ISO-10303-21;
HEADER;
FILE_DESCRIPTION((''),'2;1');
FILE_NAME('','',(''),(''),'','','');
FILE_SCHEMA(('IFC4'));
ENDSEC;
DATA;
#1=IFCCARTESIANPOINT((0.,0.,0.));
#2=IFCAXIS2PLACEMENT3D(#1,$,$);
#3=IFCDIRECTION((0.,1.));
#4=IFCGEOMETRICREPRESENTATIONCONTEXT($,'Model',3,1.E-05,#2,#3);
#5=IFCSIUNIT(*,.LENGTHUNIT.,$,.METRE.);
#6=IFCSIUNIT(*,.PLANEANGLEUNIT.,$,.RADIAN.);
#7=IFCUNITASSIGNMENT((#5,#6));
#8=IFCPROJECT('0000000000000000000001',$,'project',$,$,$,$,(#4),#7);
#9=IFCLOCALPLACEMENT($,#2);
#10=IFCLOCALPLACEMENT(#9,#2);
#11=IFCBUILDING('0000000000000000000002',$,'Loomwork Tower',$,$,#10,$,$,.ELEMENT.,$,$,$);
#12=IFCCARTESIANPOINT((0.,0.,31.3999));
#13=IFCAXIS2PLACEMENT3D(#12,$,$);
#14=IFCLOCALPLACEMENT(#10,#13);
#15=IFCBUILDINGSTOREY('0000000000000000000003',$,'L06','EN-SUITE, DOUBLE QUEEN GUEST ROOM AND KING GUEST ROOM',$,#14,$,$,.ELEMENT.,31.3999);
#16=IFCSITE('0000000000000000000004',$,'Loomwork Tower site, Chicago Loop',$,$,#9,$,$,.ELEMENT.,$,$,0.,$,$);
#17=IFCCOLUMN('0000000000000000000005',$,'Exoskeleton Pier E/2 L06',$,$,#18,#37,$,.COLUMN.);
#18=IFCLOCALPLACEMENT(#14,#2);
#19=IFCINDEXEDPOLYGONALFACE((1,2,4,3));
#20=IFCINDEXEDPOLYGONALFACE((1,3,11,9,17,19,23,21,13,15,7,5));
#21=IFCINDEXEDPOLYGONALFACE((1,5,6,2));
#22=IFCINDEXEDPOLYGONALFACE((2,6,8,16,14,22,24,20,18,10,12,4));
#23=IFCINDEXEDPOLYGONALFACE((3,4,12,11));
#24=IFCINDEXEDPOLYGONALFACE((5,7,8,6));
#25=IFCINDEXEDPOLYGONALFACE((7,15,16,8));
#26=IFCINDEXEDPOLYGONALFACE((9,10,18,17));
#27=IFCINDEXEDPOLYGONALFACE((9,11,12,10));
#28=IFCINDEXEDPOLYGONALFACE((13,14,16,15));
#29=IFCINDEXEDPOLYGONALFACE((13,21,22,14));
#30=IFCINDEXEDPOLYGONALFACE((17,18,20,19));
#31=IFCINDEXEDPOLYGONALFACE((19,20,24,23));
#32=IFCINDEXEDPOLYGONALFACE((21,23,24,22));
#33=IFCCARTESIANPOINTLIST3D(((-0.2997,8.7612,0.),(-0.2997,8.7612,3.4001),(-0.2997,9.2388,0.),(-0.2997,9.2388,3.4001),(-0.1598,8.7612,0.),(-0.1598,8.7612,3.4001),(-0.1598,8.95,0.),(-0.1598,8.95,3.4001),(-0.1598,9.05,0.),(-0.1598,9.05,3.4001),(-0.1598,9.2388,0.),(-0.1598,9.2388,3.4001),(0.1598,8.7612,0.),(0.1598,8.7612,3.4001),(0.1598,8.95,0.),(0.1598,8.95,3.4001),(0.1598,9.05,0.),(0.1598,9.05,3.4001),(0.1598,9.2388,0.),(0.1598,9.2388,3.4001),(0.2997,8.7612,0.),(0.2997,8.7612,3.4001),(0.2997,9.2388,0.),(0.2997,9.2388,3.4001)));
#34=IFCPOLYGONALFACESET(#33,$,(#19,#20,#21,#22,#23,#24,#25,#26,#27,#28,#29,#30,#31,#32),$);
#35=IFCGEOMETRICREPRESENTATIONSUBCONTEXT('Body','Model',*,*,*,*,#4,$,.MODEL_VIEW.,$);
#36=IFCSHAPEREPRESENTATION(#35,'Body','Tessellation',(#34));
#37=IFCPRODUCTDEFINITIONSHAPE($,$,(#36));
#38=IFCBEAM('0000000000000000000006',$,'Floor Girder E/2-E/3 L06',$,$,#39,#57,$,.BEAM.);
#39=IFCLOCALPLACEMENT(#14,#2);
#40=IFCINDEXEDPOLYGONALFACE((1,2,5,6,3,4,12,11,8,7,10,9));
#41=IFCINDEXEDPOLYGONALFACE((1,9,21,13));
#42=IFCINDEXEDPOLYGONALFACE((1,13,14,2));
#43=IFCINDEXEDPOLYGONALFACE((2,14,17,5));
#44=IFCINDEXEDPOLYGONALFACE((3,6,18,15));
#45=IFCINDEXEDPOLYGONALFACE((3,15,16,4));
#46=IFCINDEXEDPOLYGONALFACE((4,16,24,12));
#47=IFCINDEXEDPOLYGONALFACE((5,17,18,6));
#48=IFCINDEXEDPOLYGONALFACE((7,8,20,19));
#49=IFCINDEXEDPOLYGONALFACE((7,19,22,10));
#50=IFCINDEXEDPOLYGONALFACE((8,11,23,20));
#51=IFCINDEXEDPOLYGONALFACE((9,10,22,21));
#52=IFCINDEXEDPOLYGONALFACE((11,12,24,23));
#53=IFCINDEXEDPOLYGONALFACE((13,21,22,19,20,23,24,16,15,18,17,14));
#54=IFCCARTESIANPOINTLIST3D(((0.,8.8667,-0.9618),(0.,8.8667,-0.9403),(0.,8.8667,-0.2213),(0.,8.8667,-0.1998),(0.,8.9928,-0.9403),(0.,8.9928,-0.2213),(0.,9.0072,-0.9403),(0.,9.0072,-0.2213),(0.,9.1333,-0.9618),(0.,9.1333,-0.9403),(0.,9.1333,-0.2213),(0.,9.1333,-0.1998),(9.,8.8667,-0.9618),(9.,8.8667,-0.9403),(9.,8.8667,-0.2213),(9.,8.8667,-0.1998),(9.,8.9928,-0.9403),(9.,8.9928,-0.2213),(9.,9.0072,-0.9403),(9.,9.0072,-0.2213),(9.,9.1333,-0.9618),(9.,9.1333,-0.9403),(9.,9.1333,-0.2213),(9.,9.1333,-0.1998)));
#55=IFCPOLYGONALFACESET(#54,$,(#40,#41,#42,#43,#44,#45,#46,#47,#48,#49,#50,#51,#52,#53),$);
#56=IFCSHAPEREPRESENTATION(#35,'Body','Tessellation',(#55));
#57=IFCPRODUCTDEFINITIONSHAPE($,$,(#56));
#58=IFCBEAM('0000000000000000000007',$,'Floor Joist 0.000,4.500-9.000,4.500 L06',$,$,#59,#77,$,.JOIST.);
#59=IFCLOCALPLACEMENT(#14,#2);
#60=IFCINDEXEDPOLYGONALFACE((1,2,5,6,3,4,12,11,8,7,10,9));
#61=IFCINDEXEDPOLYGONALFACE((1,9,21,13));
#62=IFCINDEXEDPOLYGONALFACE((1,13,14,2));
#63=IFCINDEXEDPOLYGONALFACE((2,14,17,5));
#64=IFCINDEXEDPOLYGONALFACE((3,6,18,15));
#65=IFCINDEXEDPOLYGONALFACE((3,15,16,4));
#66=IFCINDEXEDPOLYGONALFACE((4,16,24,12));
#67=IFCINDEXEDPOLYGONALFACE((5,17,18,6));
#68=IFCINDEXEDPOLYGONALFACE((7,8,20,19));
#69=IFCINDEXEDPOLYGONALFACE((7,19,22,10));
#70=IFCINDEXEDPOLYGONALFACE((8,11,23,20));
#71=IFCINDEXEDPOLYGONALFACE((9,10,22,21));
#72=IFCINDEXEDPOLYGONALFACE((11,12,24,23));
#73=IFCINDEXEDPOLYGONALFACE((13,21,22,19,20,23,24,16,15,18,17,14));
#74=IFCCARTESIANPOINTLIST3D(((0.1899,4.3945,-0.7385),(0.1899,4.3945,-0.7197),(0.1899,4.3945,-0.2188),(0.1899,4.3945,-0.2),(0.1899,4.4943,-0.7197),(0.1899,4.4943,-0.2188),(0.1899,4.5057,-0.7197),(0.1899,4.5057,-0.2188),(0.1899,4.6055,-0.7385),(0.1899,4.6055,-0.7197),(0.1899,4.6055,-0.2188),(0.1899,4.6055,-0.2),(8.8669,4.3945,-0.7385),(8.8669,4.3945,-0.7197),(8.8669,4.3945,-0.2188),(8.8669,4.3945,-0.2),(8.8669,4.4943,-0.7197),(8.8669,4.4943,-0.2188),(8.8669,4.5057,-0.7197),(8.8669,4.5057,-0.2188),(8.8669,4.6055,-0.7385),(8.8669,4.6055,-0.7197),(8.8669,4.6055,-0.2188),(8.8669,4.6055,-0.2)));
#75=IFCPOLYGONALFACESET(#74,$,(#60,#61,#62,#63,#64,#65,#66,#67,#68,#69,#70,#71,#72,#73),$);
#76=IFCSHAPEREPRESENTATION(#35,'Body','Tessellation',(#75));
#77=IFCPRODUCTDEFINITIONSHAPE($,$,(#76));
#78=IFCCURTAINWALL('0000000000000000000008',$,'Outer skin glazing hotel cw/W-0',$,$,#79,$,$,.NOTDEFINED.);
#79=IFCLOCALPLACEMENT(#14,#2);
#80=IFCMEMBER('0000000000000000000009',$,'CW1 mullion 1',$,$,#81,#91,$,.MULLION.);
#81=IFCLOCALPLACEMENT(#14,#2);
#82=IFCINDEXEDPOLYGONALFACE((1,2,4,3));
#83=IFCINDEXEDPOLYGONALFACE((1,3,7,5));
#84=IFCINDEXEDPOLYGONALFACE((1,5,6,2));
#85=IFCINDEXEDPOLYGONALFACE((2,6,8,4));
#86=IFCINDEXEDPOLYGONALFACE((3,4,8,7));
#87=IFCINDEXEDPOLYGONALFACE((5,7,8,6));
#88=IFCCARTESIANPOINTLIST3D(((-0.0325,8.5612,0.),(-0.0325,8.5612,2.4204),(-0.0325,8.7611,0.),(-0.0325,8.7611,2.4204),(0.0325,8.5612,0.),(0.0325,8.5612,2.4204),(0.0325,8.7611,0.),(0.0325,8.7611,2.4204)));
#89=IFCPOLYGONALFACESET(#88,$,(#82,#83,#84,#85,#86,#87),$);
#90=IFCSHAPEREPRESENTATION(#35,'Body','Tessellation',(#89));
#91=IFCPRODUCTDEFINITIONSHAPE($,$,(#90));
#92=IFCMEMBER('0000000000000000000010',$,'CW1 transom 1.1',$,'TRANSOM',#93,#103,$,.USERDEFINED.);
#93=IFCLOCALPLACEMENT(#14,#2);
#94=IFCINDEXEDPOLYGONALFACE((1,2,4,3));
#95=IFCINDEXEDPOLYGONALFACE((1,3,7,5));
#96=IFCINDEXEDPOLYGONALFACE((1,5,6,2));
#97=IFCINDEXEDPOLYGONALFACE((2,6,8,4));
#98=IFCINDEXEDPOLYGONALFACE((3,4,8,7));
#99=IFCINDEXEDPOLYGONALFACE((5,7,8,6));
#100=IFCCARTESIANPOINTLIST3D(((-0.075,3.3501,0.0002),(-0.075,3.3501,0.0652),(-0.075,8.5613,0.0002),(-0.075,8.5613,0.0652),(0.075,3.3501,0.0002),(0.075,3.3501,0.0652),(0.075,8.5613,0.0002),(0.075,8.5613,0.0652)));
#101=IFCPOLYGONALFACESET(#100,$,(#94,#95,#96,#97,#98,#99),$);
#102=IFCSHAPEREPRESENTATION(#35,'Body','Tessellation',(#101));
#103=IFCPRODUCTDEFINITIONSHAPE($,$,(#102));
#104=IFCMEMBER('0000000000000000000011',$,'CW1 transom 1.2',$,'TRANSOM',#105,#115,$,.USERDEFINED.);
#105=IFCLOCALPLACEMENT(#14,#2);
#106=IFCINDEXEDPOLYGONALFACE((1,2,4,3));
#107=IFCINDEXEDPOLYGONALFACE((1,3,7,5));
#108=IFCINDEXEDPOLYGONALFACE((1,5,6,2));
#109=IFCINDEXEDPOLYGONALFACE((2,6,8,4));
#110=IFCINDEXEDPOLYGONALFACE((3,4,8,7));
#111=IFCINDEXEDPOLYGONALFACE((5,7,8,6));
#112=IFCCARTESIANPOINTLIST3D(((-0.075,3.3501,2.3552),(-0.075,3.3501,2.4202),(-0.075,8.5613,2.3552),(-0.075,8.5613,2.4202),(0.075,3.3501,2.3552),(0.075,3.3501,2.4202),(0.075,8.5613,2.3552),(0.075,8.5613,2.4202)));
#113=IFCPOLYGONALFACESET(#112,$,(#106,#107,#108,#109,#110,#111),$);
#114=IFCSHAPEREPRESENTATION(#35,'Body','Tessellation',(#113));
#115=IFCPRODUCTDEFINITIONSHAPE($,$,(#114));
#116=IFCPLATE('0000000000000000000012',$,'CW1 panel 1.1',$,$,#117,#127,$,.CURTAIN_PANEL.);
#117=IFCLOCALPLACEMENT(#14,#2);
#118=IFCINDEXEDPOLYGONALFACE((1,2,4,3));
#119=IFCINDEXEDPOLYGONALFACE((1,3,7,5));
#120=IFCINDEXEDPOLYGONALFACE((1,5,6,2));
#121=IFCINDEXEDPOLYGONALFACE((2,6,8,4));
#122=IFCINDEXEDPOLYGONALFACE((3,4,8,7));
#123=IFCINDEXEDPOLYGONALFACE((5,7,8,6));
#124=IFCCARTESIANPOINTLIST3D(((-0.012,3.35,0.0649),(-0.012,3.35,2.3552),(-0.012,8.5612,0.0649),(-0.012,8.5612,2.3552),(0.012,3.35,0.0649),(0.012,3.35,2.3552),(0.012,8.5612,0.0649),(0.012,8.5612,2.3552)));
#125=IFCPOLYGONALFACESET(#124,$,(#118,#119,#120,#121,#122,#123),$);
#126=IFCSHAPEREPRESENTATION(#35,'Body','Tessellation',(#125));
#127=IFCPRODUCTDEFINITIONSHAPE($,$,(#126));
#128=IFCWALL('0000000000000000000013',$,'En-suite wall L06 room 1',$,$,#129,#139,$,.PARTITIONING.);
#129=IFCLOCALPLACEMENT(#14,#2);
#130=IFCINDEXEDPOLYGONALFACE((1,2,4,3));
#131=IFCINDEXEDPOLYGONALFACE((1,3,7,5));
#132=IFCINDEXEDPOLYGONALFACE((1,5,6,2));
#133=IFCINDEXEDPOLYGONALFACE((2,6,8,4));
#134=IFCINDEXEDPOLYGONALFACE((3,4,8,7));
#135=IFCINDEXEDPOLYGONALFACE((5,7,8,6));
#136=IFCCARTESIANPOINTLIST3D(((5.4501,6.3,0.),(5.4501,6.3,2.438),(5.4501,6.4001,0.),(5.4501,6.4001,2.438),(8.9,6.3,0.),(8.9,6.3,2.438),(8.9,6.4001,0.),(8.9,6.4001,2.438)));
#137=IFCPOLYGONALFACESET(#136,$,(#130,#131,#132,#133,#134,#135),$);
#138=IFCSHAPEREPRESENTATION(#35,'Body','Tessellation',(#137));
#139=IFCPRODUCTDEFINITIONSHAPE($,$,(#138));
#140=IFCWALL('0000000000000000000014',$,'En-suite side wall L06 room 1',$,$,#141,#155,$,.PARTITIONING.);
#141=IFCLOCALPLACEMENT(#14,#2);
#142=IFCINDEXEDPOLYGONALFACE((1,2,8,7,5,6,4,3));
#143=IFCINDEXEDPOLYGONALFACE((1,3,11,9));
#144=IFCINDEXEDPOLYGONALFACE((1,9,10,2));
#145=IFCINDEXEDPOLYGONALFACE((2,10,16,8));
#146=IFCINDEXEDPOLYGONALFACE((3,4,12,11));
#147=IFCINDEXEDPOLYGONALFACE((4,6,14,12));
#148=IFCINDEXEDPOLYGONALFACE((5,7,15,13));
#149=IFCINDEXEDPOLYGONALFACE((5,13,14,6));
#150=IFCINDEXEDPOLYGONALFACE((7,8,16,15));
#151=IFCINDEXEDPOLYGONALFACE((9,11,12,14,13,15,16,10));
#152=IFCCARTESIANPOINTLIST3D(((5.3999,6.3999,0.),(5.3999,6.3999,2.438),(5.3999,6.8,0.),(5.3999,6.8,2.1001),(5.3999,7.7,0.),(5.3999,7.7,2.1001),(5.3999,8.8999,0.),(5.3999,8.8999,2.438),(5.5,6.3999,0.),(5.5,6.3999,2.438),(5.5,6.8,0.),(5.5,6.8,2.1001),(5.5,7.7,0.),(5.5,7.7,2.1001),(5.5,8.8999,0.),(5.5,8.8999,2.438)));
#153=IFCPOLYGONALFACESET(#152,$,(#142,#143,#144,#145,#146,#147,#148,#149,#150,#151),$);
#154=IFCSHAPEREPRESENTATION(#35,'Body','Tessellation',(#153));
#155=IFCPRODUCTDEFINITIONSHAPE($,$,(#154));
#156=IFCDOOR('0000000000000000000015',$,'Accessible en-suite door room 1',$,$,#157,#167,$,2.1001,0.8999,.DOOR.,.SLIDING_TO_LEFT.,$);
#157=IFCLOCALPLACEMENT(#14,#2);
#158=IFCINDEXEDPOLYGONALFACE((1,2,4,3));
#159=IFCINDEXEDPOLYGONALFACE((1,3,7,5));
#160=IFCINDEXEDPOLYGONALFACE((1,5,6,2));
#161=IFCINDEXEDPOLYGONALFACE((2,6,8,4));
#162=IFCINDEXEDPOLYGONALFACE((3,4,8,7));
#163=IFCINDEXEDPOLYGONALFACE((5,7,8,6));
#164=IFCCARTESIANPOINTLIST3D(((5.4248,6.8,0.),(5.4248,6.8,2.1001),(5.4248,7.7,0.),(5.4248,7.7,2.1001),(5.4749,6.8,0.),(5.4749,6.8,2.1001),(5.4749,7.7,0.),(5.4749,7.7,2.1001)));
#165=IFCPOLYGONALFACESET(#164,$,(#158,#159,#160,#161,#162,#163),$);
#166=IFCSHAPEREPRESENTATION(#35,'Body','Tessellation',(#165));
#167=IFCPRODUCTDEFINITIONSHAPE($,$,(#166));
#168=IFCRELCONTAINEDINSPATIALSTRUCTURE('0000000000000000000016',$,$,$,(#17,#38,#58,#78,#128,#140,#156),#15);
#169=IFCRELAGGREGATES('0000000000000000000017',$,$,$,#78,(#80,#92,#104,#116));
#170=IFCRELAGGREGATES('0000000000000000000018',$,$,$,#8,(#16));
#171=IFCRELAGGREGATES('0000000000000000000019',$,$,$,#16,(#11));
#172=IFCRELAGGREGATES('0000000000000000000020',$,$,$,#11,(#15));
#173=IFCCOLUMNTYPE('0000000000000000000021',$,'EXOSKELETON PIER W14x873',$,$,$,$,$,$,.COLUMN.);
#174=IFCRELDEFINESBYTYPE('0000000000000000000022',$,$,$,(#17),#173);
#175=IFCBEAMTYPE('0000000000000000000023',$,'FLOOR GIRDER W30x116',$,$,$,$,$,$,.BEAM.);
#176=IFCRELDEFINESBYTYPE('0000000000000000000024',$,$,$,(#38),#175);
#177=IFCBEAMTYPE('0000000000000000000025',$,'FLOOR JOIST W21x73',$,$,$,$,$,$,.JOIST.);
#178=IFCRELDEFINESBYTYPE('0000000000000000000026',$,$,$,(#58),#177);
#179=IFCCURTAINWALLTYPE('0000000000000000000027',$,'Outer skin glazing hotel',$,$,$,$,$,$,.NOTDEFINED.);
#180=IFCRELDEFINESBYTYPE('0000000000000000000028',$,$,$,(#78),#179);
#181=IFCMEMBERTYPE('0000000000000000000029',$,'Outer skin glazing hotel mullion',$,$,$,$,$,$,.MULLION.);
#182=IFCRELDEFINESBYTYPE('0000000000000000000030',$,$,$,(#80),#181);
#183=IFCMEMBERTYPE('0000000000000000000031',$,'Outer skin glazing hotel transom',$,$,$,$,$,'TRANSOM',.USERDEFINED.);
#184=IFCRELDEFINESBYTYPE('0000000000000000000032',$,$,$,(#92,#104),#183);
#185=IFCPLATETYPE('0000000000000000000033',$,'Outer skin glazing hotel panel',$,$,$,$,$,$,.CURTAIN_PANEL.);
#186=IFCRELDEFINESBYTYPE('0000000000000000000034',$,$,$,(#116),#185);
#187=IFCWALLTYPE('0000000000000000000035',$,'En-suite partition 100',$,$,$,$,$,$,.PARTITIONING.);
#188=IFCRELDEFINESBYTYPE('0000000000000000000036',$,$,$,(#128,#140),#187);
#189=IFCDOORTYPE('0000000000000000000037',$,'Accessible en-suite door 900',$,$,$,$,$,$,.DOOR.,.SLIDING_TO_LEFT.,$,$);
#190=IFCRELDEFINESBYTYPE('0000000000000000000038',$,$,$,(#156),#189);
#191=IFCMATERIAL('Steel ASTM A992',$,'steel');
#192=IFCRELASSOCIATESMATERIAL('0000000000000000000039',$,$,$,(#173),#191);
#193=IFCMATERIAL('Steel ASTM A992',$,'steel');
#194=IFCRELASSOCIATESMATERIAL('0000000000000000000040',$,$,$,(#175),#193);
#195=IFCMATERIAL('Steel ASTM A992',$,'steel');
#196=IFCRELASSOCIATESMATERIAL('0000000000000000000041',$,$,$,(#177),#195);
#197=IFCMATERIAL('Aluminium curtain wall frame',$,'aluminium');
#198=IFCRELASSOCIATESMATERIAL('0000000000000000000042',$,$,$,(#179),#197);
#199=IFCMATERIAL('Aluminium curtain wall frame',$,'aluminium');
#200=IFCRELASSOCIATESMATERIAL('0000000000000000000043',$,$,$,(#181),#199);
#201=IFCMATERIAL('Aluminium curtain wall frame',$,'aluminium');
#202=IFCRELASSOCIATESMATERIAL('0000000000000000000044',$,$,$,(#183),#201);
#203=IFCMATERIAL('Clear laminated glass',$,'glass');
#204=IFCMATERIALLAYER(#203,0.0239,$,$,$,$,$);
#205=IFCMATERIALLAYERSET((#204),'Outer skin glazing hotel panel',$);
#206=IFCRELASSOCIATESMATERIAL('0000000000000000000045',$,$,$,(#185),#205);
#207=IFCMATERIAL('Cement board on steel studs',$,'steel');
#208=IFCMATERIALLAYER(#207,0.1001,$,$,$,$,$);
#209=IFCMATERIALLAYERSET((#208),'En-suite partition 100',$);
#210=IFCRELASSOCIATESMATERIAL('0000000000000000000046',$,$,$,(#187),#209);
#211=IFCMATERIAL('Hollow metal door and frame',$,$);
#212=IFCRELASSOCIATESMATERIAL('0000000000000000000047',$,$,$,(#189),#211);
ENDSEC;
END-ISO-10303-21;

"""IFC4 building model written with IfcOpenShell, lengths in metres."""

from ifc_helpers import new_model, si_unit, direction, frame, frame_2d, origin, origin_2d, place, context, subcontext, project, spatial, rectangle, i_section, extrude, material, layer, layer_set, material_profile, profile_set, type_object, element, fill, aggregate, save


model = new_model("IFC4")

# Units and contexts
model_context = context("Model", 3, precision=1e-05, world=origin(), true_north=direction((0.0, 1.0)))
body_context = subcontext(model_context, "Body", "Model", "MODEL_VIEW")
ifc_project = project(units=[si_unit("LENGTHUNIT", "METRE"), si_unit("PLANEANGLEUNIT", "RADIAN")], contexts=[model_context])

# Site, building, storey
site_placement = place(None, origin())
site = spatial("IfcSite", under=ifc_project, at=site_placement, Name="Loomwork Tower site, Chicago Loop", CompositionType="ELEMENT", RefElevation=0.0)
building_placement = place(site_placement, origin())
building = spatial("IfcBuilding", under=site, at=building_placement, Name="Loomwork Tower", CompositionType="ELEMENT")
storey_placement = place(building_placement, frame((0.0, 0.0, 31.3999)))
storey = spatial("IfcBuildingStorey", under=building, at=storey_placement, Name="L06", Description="EN-SUITE, DOUBLE QUEEN GUEST ROOM AND KING GUEST ROOM", CompositionType="ELEMENT", Elevation=31.3999)

# Column
ifc_material_1 = material(Name="Steel ASTM A992", Category="steel")
ifc_material_profile_1 = material_profile(ifc_material_1, i_section(OverallWidth=0.4775, OverallDepth=0.5994, WebThickness=0.1001, FlangeThickness=0.1399, at=origin_2d()), Name="W14x873")
ifc_profile_set_1 = profile_set([ifc_material_profile_1], Name="Steel ASTM A992")
column_type = type_object("IfcColumnType", Name="EXOSKELETON PIER W14x873", PredefinedType="COLUMN", material=ifc_profile_set_1)
column_placement = place(storey_placement, frame((0.0, 9.0, 0.0), z_axis=(0.0, 0.0, 1.0), x_axis=(0.0, 1.0, 0.0)))
element("IfcColumn", 1, at=column_placement, inside=storey, type_object=column_type, Name="Exoskeleton Pier E/2 L06", PredefinedType="COLUMN", context=body_context, shape_type="SweptSolid", body=[
    extrude(i_section(OverallWidth=0.4775, OverallDepth=0.5994, WebThickness=0.1001, FlangeThickness=0.1399, at=origin_2d()), origin(), (0.0, 0.0, 1.0), 3.4001),
])

# Beams
ifc_material_2 = material(Name="Steel ASTM A992", Category="steel")
ifc_material_profile_2 = material_profile(ifc_material_2, i_section(OverallWidth=0.2666, OverallDepth=0.762, WebThickness=0.0144, FlangeThickness=0.0215, at=origin_2d()), Name="W30x116")
ifc_profile_set_2 = profile_set([ifc_material_profile_2], Name="Steel ASTM A992")
beam_type_1 = type_object("IfcBeamType", Name="FLOOR GIRDER W30x116", PredefinedType="BEAM", material=ifc_profile_set_2)
beam_1_placement = place(storey_placement, frame((0.0, 9.0, -0.5808), z_axis=(1.0, 0.0, 0.0), x_axis=(0.0, 1.0, 0.0)))
element("IfcBeam", 2, at=beam_1_placement, inside=storey, type_object=beam_type_1, Name="Floor Girder E/2-E/3 L06", PredefinedType="BEAM", context=body_context, shape_type="SweptSolid", body=[
    extrude(i_section(OverallWidth=0.2666, OverallDepth=0.762, WebThickness=0.0144, FlangeThickness=0.0215, at=origin_2d()), origin(), (0.0, 0.0, 1.0), 9.0),
])
ifc_material_3 = material(Name="Steel ASTM A992", Category="steel")
ifc_material_profile_3 = material_profile(ifc_material_3, i_section(OverallWidth=0.2109, OverallDepth=0.5386, WebThickness=0.0115, FlangeThickness=0.0188, at=origin_2d()), Name="W21x73")
ifc_profile_set_3 = profile_set([ifc_material_profile_3], Name="Steel ASTM A992")
beam_type_2 = type_object("IfcBeamType", Name="FLOOR JOIST W21x73", PredefinedType="JOIST", material=ifc_profile_set_3)
beam_2_placement = place(storey_placement, frame((0.1899, 4.5, -0.4692), z_axis=(1.0, 0.0, 0.0), x_axis=(0.0, 1.0, 0.0)))
element("IfcBeam", 3, at=beam_2_placement, inside=storey, type_object=beam_type_2, Name="Floor Joist 0.000,4.500-9.000,4.500 L06", PredefinedType="JOIST", context=body_context, shape_type="SweptSolid", body=[
    extrude(i_section(OverallWidth=0.2109, OverallDepth=0.5386, WebThickness=0.0115, FlangeThickness=0.0188, at=origin_2d()), origin(), (0.0, 0.0, 1.0), 8.677),
])

# Curtain wall, members, plate
ifc_material_4 = material(Name="Aluminium curtain wall frame", Category="aluminium")
curtain_wall_type = type_object("IfcCurtainWallType", Name="Outer skin glazing hotel", PredefinedType="NOTDEFINED", material=ifc_material_4)
curtain_wall_placement = place(storey_placement, origin())
curtain_wall = element("IfcCurtainWall", 4, at=curtain_wall_placement, inside=storey, type_object=curtain_wall_type, Name="Outer skin glazing hotel cw/W-0", PredefinedType="NOTDEFINED")
ifc_material_5 = material(Name="Aluminium curtain wall frame", Category="aluminium")
ifc_material_profile_4 = material_profile(ifc_material_5, rectangle(XDim=0.0649, YDim=0.2, at=origin_2d()), Name="AL 65x200")
ifc_profile_set_4 = profile_set([ifc_material_profile_4], Name="Aluminium curtain wall frame")
member_type_1 = type_object("IfcMemberType", Name="Outer skin glazing hotel mullion", PredefinedType="MULLION", material=ifc_profile_set_4)
member_1_placement = place(storey_placement, frame((0.0, 8.6611, 0.0), z_axis=(0.0, 0.0, 1.0), x_axis=(1.0, 0.0, 0.0)))
member_1 = element("IfcMember", 5, at=member_1_placement, type_object=member_type_1, Name="CW1 mullion 1", PredefinedType="MULLION", context=body_context, shape_type="SweptSolid", body=[
    extrude(rectangle(XDim=0.0649, YDim=0.2, at=origin_2d()), origin(), (0.0, 0.0, 1.0), 2.4204),
])
ifc_material_6 = material(Name="Aluminium curtain wall frame", Category="aluminium")
ifc_material_profile_5 = material_profile(ifc_material_6, rectangle(XDim=0.1499, YDim=0.0649, at=origin_2d()), Name="AL 65x150")
ifc_profile_set_5 = profile_set([ifc_material_profile_5], Name="Aluminium curtain wall frame")
member_type_2 = type_object("IfcMemberType", Name="Outer skin glazing hotel transom", ElementType="TRANSOM", PredefinedType="USERDEFINED", material=ifc_profile_set_5)
member_2_placement = place(storey_placement, frame((0.0, 8.5613, 0.0327), z_axis=(0.0, -1.0, 0.0), x_axis=(1.0, 0.0, 0.0)))
member_2 = element("IfcMember", 6, at=member_2_placement, type_object=member_type_2, Name="CW1 transom 1.1", ObjectType="TRANSOM", PredefinedType="USERDEFINED", context=body_context, shape_type="SweptSolid", body=[
    extrude(rectangle(XDim=0.1499, YDim=0.0649, at=origin_2d()), origin(), (0.0, 0.0, 1.0), 5.2112),
])
member_3_placement = place(storey_placement, frame((0.0, 8.5613, 2.3877), z_axis=(0.0, -1.0, 0.0), x_axis=(1.0, 0.0, 0.0)))
member_3 = element("IfcMember", 7, at=member_3_placement, type_object=member_type_2, Name="CW1 transom 1.2", ObjectType="TRANSOM", PredefinedType="USERDEFINED", context=body_context, shape_type="SweptSolid", body=[
    extrude(rectangle(XDim=0.1499, YDim=0.0649, at=origin_2d()), origin(), (0.0, 0.0, 1.0), 5.2112),
])
ifc_material_7 = material(Name="Clear laminated glass", Category="glass")
ifc_layer_1 = layer(ifc_material_7, 0.0239)
ifc_layer_set_1 = layer_set([ifc_layer_1], Name="Outer skin glazing hotel panel")
plate_type = type_object("IfcPlateType", Name="Outer skin glazing hotel panel", PredefinedType="CURTAIN_PANEL", material=ifc_layer_set_1)
plate_placement = place(storey_placement, frame((0.0, 5.9556, 0.0649), z_axis=(0.0, 0.0, 1.0), x_axis=(0.0, -1.0, 0.0)))
plate = element("IfcPlate", 8, at=plate_placement, type_object=plate_type, Name="CW1 panel 1.1", PredefinedType="CURTAIN_PANEL", context=body_context, shape_type="SweptSolid", body=[
    extrude(rectangle(XDim=5.2112, YDim=0.0239, at=origin_2d()), origin(), (0.0, 0.0, 1.0), 2.2903),
])
aggregate(curtain_wall, [member_1, member_2, member_3, plate])

# Wall
ifc_material_8 = material(Name="Cement board on steel studs", Category="steel")
ifc_layer_2 = layer(ifc_material_8, 0.1001)
ifc_layer_set_2 = layer_set([ifc_layer_2], Name="En-suite partition 100")
wall_type_1 = type_object("IfcWallType", Name="En-suite partition 100", PredefinedType="PARTITIONING", material=ifc_layer_set_2)
wall_1_placement = place(storey_placement, frame((5.45, 6.3501, 0.0), z_axis=(0.0, 0.0, 1.0), x_axis=(1.0, 0.0, 0.0)))
element("IfcWall", 9, at=wall_1_placement, inside=storey, type_object=wall_type_1, Name="En-suite wall L06 room 1", PredefinedType="PARTITIONING", context=body_context, shape_type="SweptSolid", body=[
    extrude(rectangle(XDim=3.45, YDim=0.1001, at=frame_2d((1.7251, 0.0))), origin(), (0.0, 0.0, 1.0), 2.438),
])

# Wall, opening, door
wall_2_placement = place(storey_placement, frame((5.45, 8.8999, 0.0), z_axis=(0.0, 0.0, 1.0), x_axis=(0.0, -1.0, 0.0)))
wall_2 = element("IfcWall", 10, at=wall_2_placement, inside=storey, type_object=wall_type_1, Name="En-suite side wall L06 room 1", PredefinedType="PARTITIONING", context=body_context, shape_type="SweptSolid", body=[
    extrude(rectangle(XDim=2.5, YDim=0.1001, at=frame_2d((1.25, 0.0))), origin(), (0.0, 0.0, 1.0), 2.438),
])
opening_placement = place(wall_2_placement, frame((1.2, 0.0, 0.0)))
opening = element("IfcOpeningElement", 11, at=opening_placement, cuts=wall_2, PredefinedType="OPENING", context=body_context, shape_type="SweptSolid", body=[
    extrude(rectangle(XDim=0.8999, YDim=2.1001, at=frame_2d((0.45, 1.05))), frame((0.0, 0.0601, 0.0), z_axis=(0.0, -1.0, 0.0), x_axis=(1.0, 0.0, 0.0)), (0.0, 0.0, 1.0), 0.1201),
])
ifc_material_9 = material(Name="Hollow metal door and frame")
door_type = type_object("IfcDoorType", Name="Accessible en-suite door 900", OperationType="SLIDING_TO_LEFT", PredefinedType="DOOR", material=ifc_material_9)
door_placement = place(opening_placement, origin())
door = element("IfcDoor", 12, at=door_placement, inside=storey, type_object=door_type, Name="Accessible en-suite door room 1", OperationType="SLIDING_TO_LEFT", OverallHeight=2.1001, OverallWidth=0.8999, PredefinedType="DOOR", context=body_context, shape_type="SweptSolid", body=[
    extrude(rectangle(XDim=0.8999, YDim=2.1001, at=frame_2d((0.45, 1.05))), frame((0.0, 0.0249, 0.0), z_axis=(0.0, -1.0, 0.0), x_axis=(1.0, 0.0, 0.0)), (0.0, 0.0, 1.0), 0.05),
])
fill(opening, door)

save(model, "model.ifc")
